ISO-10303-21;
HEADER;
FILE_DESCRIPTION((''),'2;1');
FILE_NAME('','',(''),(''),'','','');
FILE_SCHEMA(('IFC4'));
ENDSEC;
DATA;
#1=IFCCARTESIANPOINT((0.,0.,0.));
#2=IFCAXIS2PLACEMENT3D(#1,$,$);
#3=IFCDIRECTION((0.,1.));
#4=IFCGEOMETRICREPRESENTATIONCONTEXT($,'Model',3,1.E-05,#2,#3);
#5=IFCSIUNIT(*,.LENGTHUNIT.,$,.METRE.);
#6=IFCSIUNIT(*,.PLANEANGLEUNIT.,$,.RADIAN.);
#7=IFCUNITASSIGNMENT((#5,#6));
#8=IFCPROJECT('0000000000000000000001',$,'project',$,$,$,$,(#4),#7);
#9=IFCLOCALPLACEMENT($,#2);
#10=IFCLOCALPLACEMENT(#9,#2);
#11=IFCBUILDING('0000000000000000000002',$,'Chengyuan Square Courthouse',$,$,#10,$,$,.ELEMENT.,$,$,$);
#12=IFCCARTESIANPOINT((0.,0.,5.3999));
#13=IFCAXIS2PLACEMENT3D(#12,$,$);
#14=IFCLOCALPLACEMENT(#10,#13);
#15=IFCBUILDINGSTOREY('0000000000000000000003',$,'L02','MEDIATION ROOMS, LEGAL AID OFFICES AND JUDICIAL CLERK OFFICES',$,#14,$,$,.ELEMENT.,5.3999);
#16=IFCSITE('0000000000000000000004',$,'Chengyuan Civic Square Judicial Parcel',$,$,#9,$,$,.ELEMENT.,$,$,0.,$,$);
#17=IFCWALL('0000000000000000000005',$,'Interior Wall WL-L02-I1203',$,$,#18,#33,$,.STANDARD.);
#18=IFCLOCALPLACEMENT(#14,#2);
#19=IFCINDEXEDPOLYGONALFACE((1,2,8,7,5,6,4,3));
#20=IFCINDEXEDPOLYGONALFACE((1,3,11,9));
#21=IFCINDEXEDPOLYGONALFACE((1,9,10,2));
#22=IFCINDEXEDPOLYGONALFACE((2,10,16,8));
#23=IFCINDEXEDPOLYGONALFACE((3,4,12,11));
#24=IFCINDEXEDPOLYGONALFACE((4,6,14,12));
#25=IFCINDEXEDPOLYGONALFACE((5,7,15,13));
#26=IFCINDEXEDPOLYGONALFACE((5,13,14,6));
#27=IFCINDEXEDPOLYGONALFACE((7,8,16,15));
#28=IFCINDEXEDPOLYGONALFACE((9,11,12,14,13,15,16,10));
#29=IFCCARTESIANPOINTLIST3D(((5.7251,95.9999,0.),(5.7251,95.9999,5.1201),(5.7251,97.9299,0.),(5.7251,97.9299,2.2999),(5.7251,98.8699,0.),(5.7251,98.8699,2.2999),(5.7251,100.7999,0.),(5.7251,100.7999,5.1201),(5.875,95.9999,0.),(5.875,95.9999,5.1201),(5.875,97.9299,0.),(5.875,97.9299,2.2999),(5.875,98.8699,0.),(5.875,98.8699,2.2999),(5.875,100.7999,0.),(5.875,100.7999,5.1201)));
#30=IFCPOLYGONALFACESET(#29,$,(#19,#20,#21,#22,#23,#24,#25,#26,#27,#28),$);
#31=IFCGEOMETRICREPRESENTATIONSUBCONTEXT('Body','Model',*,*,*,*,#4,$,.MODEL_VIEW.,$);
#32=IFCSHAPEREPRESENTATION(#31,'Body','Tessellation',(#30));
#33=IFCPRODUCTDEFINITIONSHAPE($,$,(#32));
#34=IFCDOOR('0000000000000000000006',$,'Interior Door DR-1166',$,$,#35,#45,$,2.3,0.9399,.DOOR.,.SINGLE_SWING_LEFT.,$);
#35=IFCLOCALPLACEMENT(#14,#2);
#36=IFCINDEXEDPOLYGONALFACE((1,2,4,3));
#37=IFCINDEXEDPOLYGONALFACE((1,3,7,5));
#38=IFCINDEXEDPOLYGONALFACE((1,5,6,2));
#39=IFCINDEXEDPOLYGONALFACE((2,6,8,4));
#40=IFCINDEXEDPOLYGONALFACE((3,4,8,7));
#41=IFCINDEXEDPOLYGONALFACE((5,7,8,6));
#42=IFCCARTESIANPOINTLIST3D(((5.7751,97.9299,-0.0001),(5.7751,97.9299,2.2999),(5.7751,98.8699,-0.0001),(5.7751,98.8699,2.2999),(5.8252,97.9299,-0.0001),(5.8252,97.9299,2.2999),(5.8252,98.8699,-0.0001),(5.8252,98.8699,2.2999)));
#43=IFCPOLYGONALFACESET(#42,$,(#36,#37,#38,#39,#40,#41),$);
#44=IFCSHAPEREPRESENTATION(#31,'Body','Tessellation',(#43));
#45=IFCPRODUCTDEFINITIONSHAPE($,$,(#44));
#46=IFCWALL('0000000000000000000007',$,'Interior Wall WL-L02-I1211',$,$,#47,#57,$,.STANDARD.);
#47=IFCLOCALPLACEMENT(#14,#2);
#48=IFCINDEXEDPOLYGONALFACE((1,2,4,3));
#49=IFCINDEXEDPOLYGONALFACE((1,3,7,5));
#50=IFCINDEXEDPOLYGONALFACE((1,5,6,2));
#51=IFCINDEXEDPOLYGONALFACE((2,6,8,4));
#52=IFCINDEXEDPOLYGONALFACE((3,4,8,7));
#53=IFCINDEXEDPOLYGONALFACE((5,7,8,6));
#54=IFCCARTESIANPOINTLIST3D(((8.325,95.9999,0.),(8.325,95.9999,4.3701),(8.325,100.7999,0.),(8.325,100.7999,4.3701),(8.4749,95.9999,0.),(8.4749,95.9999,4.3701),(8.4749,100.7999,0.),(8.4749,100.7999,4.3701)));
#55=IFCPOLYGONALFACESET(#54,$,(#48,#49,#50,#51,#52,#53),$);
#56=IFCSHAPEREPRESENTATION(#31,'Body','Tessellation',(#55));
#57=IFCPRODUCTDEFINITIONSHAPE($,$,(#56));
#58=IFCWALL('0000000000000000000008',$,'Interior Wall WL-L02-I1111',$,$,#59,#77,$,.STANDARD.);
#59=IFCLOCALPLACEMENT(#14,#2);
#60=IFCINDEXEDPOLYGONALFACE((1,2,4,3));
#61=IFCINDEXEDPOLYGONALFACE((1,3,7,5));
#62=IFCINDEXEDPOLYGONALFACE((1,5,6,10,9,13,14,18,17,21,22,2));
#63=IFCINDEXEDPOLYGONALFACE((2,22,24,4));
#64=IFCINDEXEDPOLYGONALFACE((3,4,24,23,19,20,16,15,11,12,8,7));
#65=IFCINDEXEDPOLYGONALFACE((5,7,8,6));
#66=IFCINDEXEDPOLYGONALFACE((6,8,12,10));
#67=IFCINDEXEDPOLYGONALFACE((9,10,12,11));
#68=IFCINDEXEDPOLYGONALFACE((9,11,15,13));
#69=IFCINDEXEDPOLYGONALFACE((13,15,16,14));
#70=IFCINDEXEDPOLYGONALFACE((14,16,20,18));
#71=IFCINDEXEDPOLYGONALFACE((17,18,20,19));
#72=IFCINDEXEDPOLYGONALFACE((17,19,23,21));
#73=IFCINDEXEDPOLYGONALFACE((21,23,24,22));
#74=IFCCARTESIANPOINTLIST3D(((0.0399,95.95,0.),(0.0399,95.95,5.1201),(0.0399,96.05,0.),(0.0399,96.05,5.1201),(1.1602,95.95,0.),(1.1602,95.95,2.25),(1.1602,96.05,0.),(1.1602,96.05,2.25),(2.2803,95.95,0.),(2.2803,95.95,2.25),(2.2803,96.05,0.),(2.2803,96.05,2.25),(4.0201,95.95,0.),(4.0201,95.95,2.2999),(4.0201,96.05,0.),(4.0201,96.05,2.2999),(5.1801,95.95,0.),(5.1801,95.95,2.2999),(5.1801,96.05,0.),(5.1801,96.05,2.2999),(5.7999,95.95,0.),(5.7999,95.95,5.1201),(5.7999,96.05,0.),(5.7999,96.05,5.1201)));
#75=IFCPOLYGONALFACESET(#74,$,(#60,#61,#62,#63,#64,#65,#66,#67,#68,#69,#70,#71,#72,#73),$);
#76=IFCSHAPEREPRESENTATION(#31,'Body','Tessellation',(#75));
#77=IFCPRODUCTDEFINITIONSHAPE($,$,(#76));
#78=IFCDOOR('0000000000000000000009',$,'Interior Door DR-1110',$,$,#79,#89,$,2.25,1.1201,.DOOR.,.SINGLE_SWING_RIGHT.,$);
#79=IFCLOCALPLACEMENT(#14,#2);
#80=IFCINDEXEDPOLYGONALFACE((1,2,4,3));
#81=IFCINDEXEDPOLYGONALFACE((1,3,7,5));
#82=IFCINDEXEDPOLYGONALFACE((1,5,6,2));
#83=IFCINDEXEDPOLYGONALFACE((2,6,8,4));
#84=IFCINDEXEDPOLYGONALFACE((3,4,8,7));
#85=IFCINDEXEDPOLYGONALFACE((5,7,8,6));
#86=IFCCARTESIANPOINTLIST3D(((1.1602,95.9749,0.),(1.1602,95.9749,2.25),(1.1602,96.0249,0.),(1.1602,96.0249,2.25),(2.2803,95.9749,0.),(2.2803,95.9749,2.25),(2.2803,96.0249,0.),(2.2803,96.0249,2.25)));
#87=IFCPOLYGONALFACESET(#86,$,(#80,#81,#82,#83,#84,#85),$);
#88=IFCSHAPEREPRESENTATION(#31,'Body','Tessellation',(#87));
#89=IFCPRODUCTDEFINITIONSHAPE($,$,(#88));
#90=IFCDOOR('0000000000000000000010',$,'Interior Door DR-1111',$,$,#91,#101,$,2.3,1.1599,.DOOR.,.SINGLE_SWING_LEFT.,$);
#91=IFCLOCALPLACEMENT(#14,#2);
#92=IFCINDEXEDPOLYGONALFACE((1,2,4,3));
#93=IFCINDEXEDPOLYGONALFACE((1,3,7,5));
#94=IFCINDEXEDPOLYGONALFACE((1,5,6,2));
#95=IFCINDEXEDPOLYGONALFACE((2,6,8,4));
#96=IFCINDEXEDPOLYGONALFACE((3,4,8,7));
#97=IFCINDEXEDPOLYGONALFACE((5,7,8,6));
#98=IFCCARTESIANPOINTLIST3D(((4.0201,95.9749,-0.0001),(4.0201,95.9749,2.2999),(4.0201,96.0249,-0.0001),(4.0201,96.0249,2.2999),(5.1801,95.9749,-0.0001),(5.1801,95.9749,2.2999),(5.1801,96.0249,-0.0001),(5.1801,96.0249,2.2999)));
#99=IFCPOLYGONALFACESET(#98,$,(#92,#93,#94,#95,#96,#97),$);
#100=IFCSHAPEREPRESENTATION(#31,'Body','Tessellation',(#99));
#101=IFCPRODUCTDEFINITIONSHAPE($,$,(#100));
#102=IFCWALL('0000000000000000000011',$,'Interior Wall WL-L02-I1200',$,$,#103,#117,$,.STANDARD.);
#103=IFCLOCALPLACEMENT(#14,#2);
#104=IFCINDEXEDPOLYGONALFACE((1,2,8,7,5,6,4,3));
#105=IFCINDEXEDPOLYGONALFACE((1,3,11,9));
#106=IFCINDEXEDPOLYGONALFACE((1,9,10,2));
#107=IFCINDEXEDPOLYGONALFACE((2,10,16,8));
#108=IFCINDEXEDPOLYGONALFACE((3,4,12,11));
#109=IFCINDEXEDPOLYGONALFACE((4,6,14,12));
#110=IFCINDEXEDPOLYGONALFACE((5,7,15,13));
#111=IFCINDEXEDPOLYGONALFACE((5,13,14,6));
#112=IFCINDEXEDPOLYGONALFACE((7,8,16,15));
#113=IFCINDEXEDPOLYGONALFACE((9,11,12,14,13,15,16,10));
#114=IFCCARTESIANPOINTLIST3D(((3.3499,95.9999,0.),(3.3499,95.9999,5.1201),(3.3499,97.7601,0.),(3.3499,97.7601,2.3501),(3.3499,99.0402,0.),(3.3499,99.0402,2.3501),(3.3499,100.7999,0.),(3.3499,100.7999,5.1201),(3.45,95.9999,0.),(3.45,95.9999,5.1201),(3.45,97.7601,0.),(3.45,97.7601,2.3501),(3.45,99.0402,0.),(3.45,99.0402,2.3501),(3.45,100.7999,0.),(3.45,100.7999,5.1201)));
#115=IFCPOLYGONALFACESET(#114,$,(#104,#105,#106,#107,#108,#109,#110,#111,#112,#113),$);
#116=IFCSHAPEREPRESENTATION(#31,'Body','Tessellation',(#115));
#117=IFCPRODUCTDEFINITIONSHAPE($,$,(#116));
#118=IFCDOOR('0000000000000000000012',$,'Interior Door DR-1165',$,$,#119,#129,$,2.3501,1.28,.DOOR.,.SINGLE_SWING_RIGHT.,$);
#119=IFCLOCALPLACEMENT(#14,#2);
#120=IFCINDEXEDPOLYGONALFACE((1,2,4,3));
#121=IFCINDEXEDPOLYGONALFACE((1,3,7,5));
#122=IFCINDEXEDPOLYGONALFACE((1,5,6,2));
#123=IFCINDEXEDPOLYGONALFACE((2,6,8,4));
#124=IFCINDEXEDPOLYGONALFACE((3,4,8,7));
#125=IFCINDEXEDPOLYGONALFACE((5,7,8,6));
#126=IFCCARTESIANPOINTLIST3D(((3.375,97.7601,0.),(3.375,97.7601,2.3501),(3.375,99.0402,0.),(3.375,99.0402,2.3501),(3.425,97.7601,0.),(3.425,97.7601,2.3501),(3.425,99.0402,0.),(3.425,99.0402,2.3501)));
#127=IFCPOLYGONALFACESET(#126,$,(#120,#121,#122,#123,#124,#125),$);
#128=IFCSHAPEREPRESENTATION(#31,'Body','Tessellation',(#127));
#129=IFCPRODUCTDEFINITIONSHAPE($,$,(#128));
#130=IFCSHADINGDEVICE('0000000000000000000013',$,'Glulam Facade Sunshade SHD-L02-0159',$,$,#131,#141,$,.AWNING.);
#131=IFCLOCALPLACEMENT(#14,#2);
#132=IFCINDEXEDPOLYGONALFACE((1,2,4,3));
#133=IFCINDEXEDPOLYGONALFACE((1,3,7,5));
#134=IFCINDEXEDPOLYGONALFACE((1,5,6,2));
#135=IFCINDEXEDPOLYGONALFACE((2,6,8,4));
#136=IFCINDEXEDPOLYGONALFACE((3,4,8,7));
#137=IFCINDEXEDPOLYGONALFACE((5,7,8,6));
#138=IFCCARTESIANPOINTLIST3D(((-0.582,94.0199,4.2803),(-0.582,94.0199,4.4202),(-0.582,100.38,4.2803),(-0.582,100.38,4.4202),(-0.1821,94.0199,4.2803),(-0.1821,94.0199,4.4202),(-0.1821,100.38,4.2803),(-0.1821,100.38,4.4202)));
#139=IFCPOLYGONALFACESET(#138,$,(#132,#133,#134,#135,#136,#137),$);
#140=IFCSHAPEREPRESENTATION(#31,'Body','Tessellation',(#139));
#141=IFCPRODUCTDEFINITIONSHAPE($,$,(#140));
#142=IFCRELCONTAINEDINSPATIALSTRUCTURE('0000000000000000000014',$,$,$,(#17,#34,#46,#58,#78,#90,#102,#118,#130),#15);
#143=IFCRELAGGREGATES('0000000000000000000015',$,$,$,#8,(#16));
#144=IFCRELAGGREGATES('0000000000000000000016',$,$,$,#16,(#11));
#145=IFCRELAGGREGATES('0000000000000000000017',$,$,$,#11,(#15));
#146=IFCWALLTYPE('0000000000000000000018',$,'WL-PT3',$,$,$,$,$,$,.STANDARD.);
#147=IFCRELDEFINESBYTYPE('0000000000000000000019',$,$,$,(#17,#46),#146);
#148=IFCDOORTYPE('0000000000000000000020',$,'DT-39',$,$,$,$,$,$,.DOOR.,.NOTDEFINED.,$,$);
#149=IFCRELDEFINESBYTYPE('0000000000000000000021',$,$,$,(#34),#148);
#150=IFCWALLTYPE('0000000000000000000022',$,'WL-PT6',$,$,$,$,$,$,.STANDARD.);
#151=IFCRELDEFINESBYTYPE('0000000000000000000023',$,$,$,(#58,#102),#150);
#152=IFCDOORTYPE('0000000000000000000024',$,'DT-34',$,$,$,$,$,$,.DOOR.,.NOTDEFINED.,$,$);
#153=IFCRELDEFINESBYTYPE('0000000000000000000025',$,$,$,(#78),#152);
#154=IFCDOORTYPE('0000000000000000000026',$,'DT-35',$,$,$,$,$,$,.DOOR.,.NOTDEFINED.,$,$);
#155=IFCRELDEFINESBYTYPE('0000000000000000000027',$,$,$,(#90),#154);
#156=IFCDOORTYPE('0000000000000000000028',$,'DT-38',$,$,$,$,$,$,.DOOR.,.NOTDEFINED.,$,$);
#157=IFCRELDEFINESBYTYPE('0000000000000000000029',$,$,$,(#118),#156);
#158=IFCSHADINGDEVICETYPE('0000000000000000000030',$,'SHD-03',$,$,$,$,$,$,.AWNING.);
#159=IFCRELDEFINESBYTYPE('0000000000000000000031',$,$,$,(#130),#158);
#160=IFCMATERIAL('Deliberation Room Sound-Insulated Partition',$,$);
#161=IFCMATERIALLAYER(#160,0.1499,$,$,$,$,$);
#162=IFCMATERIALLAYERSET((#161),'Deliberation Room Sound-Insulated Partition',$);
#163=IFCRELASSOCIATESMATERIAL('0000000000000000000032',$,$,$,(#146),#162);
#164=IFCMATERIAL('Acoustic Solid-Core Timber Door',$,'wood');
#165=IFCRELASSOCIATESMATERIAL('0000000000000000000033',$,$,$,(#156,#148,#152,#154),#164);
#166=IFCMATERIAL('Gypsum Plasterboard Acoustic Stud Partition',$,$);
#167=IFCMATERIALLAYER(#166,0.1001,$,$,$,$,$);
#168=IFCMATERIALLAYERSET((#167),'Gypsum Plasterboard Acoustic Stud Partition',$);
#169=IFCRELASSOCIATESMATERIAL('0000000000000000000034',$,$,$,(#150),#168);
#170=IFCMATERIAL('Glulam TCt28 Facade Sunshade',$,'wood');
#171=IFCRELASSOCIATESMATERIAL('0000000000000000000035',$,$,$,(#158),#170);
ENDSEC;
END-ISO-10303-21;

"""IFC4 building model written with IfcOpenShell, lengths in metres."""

from ifc_helpers import new_model, si_unit, direction, frame, frame_2d, origin, origin_2d, place, context, subcontext, project, spatial, rectangle, extrude, material, layer, layer_set, type_object, element, fill, save


model = new_model("IFC4")

# Units and contexts
model_context = context("Model", 3, precision=1e-05, world=origin(), true_north=direction((0.0, 1.0)))
body_context = subcontext(model_context, "Body", "Model", "MODEL_VIEW")
ifc_project = project(units=[si_unit("LENGTHUNIT", "METRE"), si_unit("PLANEANGLEUNIT", "RADIAN")], contexts=[model_context])

# Site, building, storey
site_placement = place(None, origin())
site = spatial("IfcSite", under=ifc_project, at=site_placement, Name="Chengyuan Civic Square Judicial Parcel", CompositionType="ELEMENT", RefElevation=0.0)
building_placement = place(site_placement, origin())
building = spatial("IfcBuilding", under=site, at=building_placement, Name="Chengyuan Square Courthouse", CompositionType="ELEMENT")
storey_placement = place(building_placement, frame((0.0, 0.0, 5.3999)))
storey = spatial("IfcBuildingStorey", under=building, at=storey_placement, Name="L02", Description="MEDIATION ROOMS, LEGAL AID OFFICES AND JUDICIAL CLERK OFFICES", CompositionType="ELEMENT", Elevation=5.3999)

# Shared definitions
ifc_material_1 = material(Name="Deliberation Room Sound-Insulated Partition")
ifc_layer_1 = layer(ifc_material_1, 0.1499)
ifc_layer_set_1 = layer_set([ifc_layer_1], Name="Deliberation Room Sound-Insulated Partition")
wall_type_1 = type_object("IfcWallType", Name="WL-PT3", PredefinedType="STANDARD", material=ifc_layer_set_1)
ifc_material_2 = material(Name="Acoustic Solid-Core Timber Door", Category="wood")
door_type_1 = type_object("IfcDoorType", Name="DT-38", OperationType="NOTDEFINED", PredefinedType="DOOR", material=ifc_material_2)

# Wall, opening, door
wall_1_placement = place(storey_placement, frame((5.8, 96.0, 0.0), z_axis=(0.0, 0.0, 1.0), x_axis=(0.0, 1.0, 0.0)))
wall_1 = element("IfcWall", 1, at=wall_1_placement, inside=storey, type_object=wall_type_1, Name="Interior Wall WL-L02-I1203", PredefinedType="STANDARD", context=body_context, shape_type="SweptSolid", body=[
    extrude(rectangle(XDim=4.8, YDim=0.1499, at=frame_2d((2.3999, 0.0))), origin(), (0.0, 0.0, 1.0), 5.1201),
])
opening_1_placement = place(wall_1_placement, frame((1.9299, 0.0, 0.0)))
opening_1 = element("IfcOpeningElement", 2, at=opening_1_placement, cuts=wall_1, PredefinedType="OPENING", context=body_context, shape_type="SweptSolid", body=[
    extrude(rectangle(XDim=0.9399, YDim=2.3, at=frame_2d((0.47, 1.1499))), frame((0.0, 0.0869, 0.0), z_axis=(0.0, -1.0, 0.0), x_axis=(1.0, 0.0, 0.0)), (0.0, 0.0, 1.0), 0.1738),
])
door_type_2 = type_object("IfcDoorType", Name="DT-39", OperationType="NOTDEFINED", PredefinedType="DOOR", material=ifc_material_2)
door_1_placement = place(opening_1_placement, origin())
door_1 = element("IfcDoor", 3, at=door_1_placement, inside=storey, type_object=door_type_2, Name="Interior Door DR-1166", OperationType="SINGLE_SWING_LEFT", OverallHeight=2.3, OverallWidth=0.9399, PredefinedType="DOOR", context=body_context, shape_type="SweptSolid", body=[
    extrude(rectangle(XDim=0.9399, YDim=2.3, at=frame_2d((0.47, 1.1499))), frame((0.0, 0.0249, 0.0), z_axis=(0.0, -1.0, 0.0), x_axis=(1.0, 0.0, 0.0)), (0.0, 0.0, 1.0), 0.05),
])
fill(opening_1, door_1)

# Wall
wall_2_placement = place(storey_placement, frame((8.3999, 96.0, 0.0), z_axis=(0.0, 0.0, 1.0), x_axis=(0.0, 1.0, 0.0)))
element("IfcWall", 4, at=wall_2_placement, inside=storey, type_object=wall_type_1, Name="Interior Wall WL-L02-I1211", PredefinedType="STANDARD", context=body_context, shape_type="SweptSolid", body=[
    extrude(rectangle(XDim=4.8, YDim=0.1499, at=frame_2d((2.3999, 0.0))), origin(), (0.0, 0.0, 1.0), 4.3701),
])

# Wall, openings, doors
ifc_material_3 = material(Name="Gypsum Plasterboard Acoustic Stud Partition")
ifc_layer_2 = layer(ifc_material_3, 0.1001)
ifc_layer_set_2 = layer_set([ifc_layer_2], Name="Gypsum Plasterboard Acoustic Stud Partition")
wall_type_2 = type_object("IfcWallType", Name="WL-PT6", PredefinedType="STANDARD", material=ifc_layer_set_2)
wall_3_placement = place(storey_placement, frame((0.04, 96.0, 0.0), z_axis=(0.0, 0.0, 1.0), x_axis=(1.0, 0.0, 0.0)))
wall_3 = element("IfcWall", 5, at=wall_3_placement, inside=storey, type_object=wall_type_2, Name="Interior Wall WL-L02-I1111", PredefinedType="STANDARD", context=body_context, shape_type="SweptSolid", body=[
    extrude(rectangle(XDim=5.76, YDim=0.1001, at=frame_2d((2.8799, 0.0))), origin(), (0.0, 0.0, 1.0), 5.1201),
])
opening_2_placement = place(wall_3_placement, frame((1.1201, 0.0, 0.0)))
opening_2 = element("IfcOpeningElement", 6, at=opening_2_placement, cuts=wall_3, PredefinedType="OPENING", context=body_context, shape_type="SweptSolid", body=[
    extrude(rectangle(XDim=1.1201, YDim=2.25, at=frame_2d((0.5601, 1.125))), frame((0.0, 0.062, 0.0), z_axis=(0.0, -1.0, 0.0), x_axis=(1.0, 0.0, 0.0)), (0.0, 0.0, 1.0), 0.124),
])
opening_3_placement = place(wall_3_placement, frame((3.98, 0.0, 0.0)))
opening_3 = element("IfcOpeningElement", 7, at=opening_3_placement, cuts=wall_3, PredefinedType="OPENING", context=body_context, shape_type="SweptSolid", body=[
    extrude(rectangle(XDim=1.1599, YDim=2.3, at=frame_2d((0.5801, 1.1499))), frame((0.0, 0.062, 0.0), z_axis=(0.0, -1.0, 0.0), x_axis=(1.0, 0.0, 0.0)), (0.0, 0.0, 1.0), 0.124),
])
door_type_3 = type_object("IfcDoorType", Name="DT-34", OperationType="NOTDEFINED", PredefinedType="DOOR", material=ifc_material_2)
door_2_placement = place(opening_2_placement, origin())
door_2 = element("IfcDoor", 8, at=door_2_placement, inside=storey, type_object=door_type_3, Name="Interior Door DR-1110", OperationType="SINGLE_SWING_RIGHT", OverallHeight=2.25, OverallWidth=1.1201, PredefinedType="DOOR", context=body_context, shape_type="SweptSolid", body=[
    extrude(rectangle(XDim=1.1201, YDim=2.25, at=frame_2d((0.5601, 1.125))), frame((0.0, 0.0249, 0.0), z_axis=(0.0, -1.0, 0.0), x_axis=(1.0, 0.0, 0.0)), (0.0, 0.0, 1.0), 0.05),
])
fill(opening_2, door_2)
door_type_4 = type_object("IfcDoorType", Name="DT-35", OperationType="NOTDEFINED", PredefinedType="DOOR", material=ifc_material_2)
door_3_placement = place(opening_3_placement, origin())
door_3 = element("IfcDoor", 9, at=door_3_placement, inside=storey, type_object=door_type_4, Name="Interior Door DR-1111", OperationType="SINGLE_SWING_LEFT", OverallHeight=2.3, OverallWidth=1.1599, PredefinedType="DOOR", context=body_context, shape_type="SweptSolid", body=[
    extrude(rectangle(XDim=1.1599, YDim=2.3, at=frame_2d((0.5801, 1.1499))), frame((0.0, 0.0249, 0.0), z_axis=(0.0, -1.0, 0.0), x_axis=(1.0, 0.0, 0.0)), (0.0, 0.0, 1.0), 0.05),
])
fill(opening_3, door_3)

# Wall, opening, door
wall_4_placement = place(storey_placement, frame((3.3999, 96.0, 0.0), z_axis=(0.0, 0.0, 1.0), x_axis=(0.0, 1.0, 0.0)))
wall_4 = element("IfcWall", 10, at=wall_4_placement, inside=storey, type_object=wall_type_2, Name="Interior Wall WL-L02-I1200", PredefinedType="STANDARD", context=body_context, shape_type="SweptSolid", body=[
    extrude(rectangle(XDim=4.8, YDim=0.1001, at=frame_2d((2.3999, 0.0))), origin(), (0.0, 0.0, 1.0), 5.1201),
])
opening_4_placement = place(wall_4_placement, frame((1.76, 0.0, 0.0)))
opening_4 = element("IfcOpeningElement", 11, at=opening_4_placement, cuts=wall_4, PredefinedType="OPENING", context=body_context, shape_type="SweptSolid", body=[
    extrude(rectangle(XDim=1.28, YDim=2.3501, at=frame_2d((0.6401, 1.175))), frame((0.0, 0.062, 0.0), z_axis=(0.0, -1.0, 0.0), x_axis=(1.0, 0.0, 0.0)), (0.0, 0.0, 1.0), 0.124),
])
door_4_placement = place(opening_4_placement, origin())
door_4 = element("IfcDoor", 12, at=door_4_placement, inside=storey, type_object=door_type_1, Name="Interior Door DR-1165", OperationType="SINGLE_SWING_RIGHT", OverallHeight=2.3501, OverallWidth=1.28, PredefinedType="DOOR", context=body_context, shape_type="SweptSolid", body=[
    extrude(rectangle(XDim=1.28, YDim=2.3501, at=frame_2d((0.6401, 1.175))), frame((0.0, 0.0249, 0.0), z_axis=(0.0, -1.0, 0.0), x_axis=(1.0, 0.0, 0.0)), (0.0, 0.0, 1.0), 0.05),
])
fill(opening_4, door_4)

# Shading device
ifc_material_4 = material(Name="Glulam TCt28 Facade Sunshade", Category="wood")
shading_device_type = type_object("IfcShadingDeviceType", Name="SHD-03", PredefinedType="AWNING", material=ifc_material_4)
shading_device_placement = place(storey_placement, frame((-0.3821, 97.2, 4.2803), z_axis=(0.0, 0.0, 1.0), x_axis=(0.0, 1.0, 0.0)))
element("IfcShadingDevice", 13, at=shading_device_placement, inside=storey, type_object=shading_device_type, Name="Glulam Facade Sunshade SHD-L02-0159", PredefinedType="AWNING", context=body_context, shape_type="SweptSolid", body=[
    extrude(rectangle(XDim=6.3601, YDim=0.3999, at=origin_2d()), origin(), (0.0, 0.0, 1.0), 0.1399),
])

save(model, "model.ifc")
